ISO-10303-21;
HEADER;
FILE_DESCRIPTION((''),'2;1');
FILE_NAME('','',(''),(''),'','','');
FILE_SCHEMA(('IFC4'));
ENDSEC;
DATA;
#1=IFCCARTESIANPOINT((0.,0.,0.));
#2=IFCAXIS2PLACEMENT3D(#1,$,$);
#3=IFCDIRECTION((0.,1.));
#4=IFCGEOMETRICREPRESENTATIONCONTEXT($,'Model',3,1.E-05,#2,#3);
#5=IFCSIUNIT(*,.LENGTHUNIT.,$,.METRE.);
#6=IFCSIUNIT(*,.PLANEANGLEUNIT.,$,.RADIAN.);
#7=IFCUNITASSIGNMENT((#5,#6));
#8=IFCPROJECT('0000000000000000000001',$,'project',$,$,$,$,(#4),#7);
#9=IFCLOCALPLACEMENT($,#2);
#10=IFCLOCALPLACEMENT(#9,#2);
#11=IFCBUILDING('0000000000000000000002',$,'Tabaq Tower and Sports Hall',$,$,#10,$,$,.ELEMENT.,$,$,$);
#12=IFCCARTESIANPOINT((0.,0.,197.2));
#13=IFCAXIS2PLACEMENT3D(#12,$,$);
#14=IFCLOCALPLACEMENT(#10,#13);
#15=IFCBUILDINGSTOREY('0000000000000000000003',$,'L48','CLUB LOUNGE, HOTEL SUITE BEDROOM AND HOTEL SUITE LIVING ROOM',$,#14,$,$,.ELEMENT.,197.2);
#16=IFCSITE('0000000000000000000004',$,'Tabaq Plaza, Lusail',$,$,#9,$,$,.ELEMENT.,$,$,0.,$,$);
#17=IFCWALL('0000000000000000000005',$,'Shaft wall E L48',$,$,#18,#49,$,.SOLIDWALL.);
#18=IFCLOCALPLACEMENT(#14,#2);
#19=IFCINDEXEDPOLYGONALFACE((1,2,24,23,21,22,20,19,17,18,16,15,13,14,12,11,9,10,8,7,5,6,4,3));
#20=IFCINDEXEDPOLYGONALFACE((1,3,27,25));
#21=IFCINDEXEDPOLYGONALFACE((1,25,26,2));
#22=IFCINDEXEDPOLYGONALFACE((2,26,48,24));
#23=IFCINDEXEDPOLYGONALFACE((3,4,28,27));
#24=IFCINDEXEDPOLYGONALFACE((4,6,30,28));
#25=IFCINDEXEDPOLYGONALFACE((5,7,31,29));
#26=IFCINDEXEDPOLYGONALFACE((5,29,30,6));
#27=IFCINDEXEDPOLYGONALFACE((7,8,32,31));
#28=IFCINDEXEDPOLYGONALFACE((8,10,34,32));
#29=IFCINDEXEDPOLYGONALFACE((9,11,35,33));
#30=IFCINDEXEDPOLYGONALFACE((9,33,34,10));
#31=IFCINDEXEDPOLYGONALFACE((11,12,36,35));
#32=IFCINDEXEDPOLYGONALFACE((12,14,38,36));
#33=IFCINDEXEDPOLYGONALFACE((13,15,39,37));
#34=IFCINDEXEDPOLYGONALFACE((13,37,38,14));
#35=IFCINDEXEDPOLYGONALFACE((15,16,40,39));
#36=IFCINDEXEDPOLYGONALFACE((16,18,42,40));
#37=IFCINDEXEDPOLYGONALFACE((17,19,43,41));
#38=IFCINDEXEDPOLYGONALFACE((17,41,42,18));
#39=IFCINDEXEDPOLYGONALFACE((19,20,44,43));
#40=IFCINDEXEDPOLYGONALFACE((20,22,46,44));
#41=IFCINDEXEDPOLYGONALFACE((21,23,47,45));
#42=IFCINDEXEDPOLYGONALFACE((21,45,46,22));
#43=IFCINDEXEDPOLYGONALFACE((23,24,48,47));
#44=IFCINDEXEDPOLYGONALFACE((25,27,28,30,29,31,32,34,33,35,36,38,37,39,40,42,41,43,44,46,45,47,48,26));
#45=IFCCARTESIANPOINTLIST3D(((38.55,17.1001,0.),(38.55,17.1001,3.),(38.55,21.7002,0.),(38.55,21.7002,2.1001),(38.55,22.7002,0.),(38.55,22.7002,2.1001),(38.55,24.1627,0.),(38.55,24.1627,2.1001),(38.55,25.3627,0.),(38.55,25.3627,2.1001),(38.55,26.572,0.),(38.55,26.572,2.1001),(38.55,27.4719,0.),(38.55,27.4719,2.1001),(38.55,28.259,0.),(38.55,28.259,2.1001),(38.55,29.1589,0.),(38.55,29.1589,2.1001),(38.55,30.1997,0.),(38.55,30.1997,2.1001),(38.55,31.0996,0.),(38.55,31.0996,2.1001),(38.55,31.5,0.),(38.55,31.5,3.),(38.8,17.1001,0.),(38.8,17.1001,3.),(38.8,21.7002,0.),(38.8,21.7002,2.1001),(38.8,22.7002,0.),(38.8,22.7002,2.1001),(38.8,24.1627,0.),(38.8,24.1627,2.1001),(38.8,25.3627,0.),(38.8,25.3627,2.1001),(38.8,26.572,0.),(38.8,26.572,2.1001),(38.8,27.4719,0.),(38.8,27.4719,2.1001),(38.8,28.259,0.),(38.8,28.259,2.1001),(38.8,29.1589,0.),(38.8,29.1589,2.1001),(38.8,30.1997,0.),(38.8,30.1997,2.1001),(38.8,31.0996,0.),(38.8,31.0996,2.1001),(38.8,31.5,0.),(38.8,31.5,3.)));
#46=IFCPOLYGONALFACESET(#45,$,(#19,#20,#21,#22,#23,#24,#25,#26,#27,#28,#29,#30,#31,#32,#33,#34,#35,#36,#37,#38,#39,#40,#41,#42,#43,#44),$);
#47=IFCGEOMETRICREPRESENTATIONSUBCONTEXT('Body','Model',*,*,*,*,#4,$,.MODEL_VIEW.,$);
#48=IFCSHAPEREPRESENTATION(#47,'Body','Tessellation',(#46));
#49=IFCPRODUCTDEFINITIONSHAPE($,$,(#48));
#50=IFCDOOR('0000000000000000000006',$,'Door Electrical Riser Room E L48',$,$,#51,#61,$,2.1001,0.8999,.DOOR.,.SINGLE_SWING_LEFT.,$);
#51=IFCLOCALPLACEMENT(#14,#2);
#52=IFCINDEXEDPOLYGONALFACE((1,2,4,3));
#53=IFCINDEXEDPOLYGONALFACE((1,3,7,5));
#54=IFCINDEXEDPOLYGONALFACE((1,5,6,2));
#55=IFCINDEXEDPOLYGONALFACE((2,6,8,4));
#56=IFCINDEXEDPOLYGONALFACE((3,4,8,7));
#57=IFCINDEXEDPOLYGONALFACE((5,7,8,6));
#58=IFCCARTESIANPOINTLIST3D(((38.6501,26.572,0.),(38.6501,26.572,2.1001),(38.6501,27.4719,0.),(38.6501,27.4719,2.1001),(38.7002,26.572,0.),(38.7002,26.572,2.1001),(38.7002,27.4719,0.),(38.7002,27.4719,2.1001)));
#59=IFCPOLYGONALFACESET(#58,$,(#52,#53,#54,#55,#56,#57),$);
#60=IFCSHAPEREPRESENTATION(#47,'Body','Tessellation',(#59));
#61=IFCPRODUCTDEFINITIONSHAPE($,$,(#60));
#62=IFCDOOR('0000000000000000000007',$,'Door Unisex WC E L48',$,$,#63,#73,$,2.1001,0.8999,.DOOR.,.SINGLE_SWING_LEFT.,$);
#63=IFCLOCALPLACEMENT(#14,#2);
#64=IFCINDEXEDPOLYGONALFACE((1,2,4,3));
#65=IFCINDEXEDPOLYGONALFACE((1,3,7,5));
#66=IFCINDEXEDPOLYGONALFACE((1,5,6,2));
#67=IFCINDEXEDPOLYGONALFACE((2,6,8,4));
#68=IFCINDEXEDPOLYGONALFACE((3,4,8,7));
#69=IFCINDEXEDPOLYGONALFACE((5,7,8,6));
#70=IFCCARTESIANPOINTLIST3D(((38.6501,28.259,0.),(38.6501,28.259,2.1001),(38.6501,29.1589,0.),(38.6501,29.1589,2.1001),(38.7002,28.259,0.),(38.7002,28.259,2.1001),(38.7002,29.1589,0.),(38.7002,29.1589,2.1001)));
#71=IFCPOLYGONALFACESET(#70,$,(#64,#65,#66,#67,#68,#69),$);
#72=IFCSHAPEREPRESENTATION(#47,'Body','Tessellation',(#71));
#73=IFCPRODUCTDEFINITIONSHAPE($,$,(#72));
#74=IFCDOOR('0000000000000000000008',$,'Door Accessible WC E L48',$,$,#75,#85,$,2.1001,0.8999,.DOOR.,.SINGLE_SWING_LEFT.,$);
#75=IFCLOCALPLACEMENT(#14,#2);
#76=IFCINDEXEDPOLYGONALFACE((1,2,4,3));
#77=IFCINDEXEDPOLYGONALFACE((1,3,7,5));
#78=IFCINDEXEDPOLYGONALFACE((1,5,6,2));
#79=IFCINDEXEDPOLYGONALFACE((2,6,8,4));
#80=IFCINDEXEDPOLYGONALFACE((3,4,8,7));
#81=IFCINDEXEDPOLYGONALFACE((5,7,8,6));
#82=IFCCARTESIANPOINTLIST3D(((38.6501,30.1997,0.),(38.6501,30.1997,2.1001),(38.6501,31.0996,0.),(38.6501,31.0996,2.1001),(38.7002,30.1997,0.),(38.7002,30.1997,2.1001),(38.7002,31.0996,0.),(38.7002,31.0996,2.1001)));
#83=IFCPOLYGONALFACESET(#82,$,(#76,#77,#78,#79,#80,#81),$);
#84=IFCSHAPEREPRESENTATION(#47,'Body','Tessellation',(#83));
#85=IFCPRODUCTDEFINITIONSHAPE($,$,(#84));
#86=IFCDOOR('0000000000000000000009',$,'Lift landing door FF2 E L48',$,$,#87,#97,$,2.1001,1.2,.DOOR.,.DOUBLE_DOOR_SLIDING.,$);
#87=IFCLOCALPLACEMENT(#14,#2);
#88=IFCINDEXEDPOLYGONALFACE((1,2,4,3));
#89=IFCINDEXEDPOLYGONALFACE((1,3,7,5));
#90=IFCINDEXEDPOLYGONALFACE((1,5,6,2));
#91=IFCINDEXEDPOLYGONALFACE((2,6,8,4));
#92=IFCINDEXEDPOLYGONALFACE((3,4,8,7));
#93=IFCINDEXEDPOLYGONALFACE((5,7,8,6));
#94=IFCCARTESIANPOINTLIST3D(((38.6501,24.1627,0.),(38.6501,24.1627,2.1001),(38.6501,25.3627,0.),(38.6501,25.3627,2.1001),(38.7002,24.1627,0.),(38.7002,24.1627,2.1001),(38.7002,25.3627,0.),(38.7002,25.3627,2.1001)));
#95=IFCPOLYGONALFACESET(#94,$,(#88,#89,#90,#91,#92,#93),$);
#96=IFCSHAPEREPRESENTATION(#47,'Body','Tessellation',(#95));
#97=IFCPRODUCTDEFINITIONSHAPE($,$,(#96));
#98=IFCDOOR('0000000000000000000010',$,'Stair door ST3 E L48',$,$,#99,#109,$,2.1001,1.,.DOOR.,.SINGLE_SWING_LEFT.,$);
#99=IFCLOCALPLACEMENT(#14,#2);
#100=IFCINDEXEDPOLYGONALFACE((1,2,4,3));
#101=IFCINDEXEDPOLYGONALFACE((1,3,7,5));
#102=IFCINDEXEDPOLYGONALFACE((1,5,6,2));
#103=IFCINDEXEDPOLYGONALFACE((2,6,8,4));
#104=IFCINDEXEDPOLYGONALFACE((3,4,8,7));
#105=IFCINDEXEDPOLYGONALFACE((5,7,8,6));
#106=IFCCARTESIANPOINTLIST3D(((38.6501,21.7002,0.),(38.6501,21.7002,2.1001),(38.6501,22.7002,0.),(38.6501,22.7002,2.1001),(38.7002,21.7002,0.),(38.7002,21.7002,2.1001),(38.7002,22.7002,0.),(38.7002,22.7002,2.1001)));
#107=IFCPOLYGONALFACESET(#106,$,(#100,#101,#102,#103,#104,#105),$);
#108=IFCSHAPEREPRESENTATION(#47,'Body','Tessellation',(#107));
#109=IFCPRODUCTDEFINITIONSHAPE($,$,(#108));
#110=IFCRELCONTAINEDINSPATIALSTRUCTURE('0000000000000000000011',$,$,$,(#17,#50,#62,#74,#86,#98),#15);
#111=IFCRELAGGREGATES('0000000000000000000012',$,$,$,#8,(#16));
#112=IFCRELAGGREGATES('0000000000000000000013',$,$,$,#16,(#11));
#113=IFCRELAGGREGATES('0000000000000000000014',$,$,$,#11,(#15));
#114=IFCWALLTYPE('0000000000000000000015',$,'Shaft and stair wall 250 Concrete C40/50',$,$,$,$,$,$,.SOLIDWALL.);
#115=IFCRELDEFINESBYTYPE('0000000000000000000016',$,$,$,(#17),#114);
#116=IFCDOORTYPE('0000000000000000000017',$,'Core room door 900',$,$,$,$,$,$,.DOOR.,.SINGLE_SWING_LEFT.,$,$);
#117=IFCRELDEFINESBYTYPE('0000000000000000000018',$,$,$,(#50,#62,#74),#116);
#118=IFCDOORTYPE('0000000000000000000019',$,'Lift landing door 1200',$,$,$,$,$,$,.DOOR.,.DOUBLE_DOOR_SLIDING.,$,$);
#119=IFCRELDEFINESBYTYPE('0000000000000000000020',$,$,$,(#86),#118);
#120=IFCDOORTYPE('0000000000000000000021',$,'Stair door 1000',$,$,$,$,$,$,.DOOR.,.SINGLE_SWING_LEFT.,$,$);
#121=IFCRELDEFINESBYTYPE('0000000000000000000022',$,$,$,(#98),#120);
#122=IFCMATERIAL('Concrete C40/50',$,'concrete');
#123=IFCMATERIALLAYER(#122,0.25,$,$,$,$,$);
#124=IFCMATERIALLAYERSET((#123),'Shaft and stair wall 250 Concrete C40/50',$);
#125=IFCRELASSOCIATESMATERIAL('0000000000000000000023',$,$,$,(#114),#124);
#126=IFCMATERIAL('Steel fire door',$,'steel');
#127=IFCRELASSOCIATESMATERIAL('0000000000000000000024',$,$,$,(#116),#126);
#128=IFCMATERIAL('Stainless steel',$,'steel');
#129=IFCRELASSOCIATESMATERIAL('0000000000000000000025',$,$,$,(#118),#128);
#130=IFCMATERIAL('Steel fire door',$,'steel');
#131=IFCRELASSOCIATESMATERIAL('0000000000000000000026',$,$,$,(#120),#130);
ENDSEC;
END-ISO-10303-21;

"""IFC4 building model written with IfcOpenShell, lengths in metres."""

from ifc_helpers import new_model, si_unit, direction, frame, frame_2d, origin, place, context, subcontext, project, spatial, rectangle, extrude, material, layer, layer_set, type_object, element, fill, save


model = new_model("IFC4")

# Units and contexts
model_context = context("Model", 3, precision=1e-05, world=origin(), true_north=direction((0.0, 1.0)))
body_context = subcontext(model_context, "Body", "Model", "MODEL_VIEW")
ifc_project = project(units=[si_unit("LENGTHUNIT", "METRE"), si_unit("PLANEANGLEUNIT", "RADIAN")], contexts=[model_context])

# Site, building, storey
site_placement = place(None, origin())
site = spatial("IfcSite", under=ifc_project, at=site_placement, Name="Tabaq Plaza, Lusail", CompositionType="ELEMENT", RefElevation=0.0)
building_placement = place(site_placement, origin())
building = spatial("IfcBuilding", under=site, at=building_placement, Name="Tabaq Tower and Sports Hall", CompositionType="ELEMENT")
storey_placement = place(building_placement, frame((0.0, 0.0, 197.2)))
storey = spatial("IfcBuildingStorey", under=building, at=storey_placement, Name="L48", Description="CLUB LOUNGE, HOTEL SUITE BEDROOM AND HOTEL SUITE LIVING ROOM", CompositionType="ELEMENT", Elevation=197.2)

# Wall, openings, doors
ifc_material_1 = material(Name="Concrete C40/50", Category="concrete")
ifc_layer_1 = layer(ifc_material_1, 0.25)
ifc_layer_set_1 = layer_set([ifc_layer_1], Name="Shaft and stair wall 250 Concrete C40/50")
wall_type_1 = type_object("IfcWallType", Name="Shaft and stair wall 250 Concrete C40/50", PredefinedType="SOLIDWALL", material=ifc_layer_set_1)
wall_1_placement = place(storey_placement, frame((38.675, 17.1001, 0.0), z_axis=(0.0, 0.0, 1.0), x_axis=(0.0, 1.0, 0.0)))
wall_1 = element("IfcWall", 1, at=wall_1_placement, inside=storey, type_object=wall_type_1, Name="Shaft wall E L48", PredefinedType="SOLIDWALL", context=body_context, shape_type="SweptSolid", body=[
    extrude(rectangle(XDim=14.3999, YDim=0.25, at=frame_2d((7.2, 0.0))), origin(), (0.0, 0.0, 1.0), 3.0),
])
opening_1_placement = place(wall_1_placement, frame((4.6001, 0.0, 0.0)))
opening_1 = element("IfcOpeningElement", 2, at=opening_1_placement, cuts=wall_1, PredefinedType="OPENING", context=body_context, shape_type="SweptSolid", body=[
    extrude(rectangle(XDim=1.0, YDim=2.1001, at=frame_2d((0.5, 1.05))), frame((0.0, 0.125, 0.0), z_axis=(0.0, -1.0, 0.0), x_axis=(1.0, 0.0, 0.0)), (0.0, 0.0, 1.0), 0.25),
])
opening_2_placement = place(wall_1_placement, frame((7.0625, 0.0, 0.0)))
opening_2 = element("IfcOpeningElement", 3, at=opening_2_placement, cuts=wall_1, PredefinedType="OPENING", context=body_context, shape_type="SweptSolid", body=[
    extrude(rectangle(XDim=1.2, YDim=2.1001, at=frame_2d((0.6001, 1.05))), frame((0.0, 0.125, 0.0), z_axis=(0.0, -1.0, 0.0), x_axis=(1.0, 0.0, 0.0)), (0.0, 0.0, 1.0), 0.25),
])
opening_3_placement = place(wall_1_placement, frame((9.4719, 0.0, 0.0)))
opening_3 = element("IfcOpeningElement", 4, at=opening_3_placement, cuts=wall_1, PredefinedType="OPENING", context=body_context, shape_type="SweptSolid", body=[
    extrude(rectangle(XDim=0.8999, YDim=2.1001, at=frame_2d((0.45, 1.05))), frame((0.0, 0.125, 0.0), z_axis=(0.0, -1.0, 0.0), x_axis=(1.0, 0.0, 0.0)), (0.0, 0.0, 1.0), 0.25),
])
opening_4_placement = place(wall_1_placement, frame((11.1589, 0.0, 0.0)))
opening_4 = element("IfcOpeningElement", 5, at=opening_4_placement, cuts=wall_1, PredefinedType="OPENING", context=body_context, shape_type="SweptSolid", body=[
    extrude(rectangle(XDim=0.8999, YDim=2.1001, at=frame_2d((0.45, 1.05))), frame((0.0, 0.125, 0.0), z_axis=(0.0, -1.0, 0.0), x_axis=(1.0, 0.0, 0.0)), (0.0, 0.0, 1.0), 0.25),
])
opening_5_placement = place(wall_1_placement, frame((13.0996, 0.0, 0.0)))
opening_5 = element("IfcOpeningElement", 6, at=opening_5_placement, cuts=wall_1, PredefinedType="OPENING", context=body_context, shape_type="SweptSolid", body=[
    extrude(rectangle(XDim=0.8999, YDim=2.1001, at=frame_2d((0.45, 1.05))), frame((0.0, 0.125, 0.0), z_axis=(0.0, -1.0, 0.0), x_axis=(1.0, 0.0, 0.0)), (0.0, 0.0, 1.0), 0.25),
])
ifc_material_2 = material(Name="Steel fire door", Category="steel")
door_type_1 = type_object("IfcDoorType", Name="Core room door 900", OperationType="SINGLE_SWING_LEFT", PredefinedType="DOOR", material=ifc_material_2)
door_1_placement = place(opening_3_placement, origin())
door_1 = element("IfcDoor", 7, at=door_1_placement, inside=storey, type_object=door_type_1, Name="Door Electrical Riser Room E L48", OperationType="SINGLE_SWING_LEFT", OverallHeight=2.1001, OverallWidth=0.8999, PredefinedType="DOOR", context=body_context, shape_type="SweptSolid", body=[
    extrude(rectangle(XDim=0.8999, YDim=2.1001, at=frame_2d((0.45, 1.05))), frame((0.0, 0.0249, 0.0), z_axis=(0.0, -1.0, 0.0), x_axis=(1.0, 0.0, 0.0)), (0.0, 0.0, 1.0), 0.05),
])
fill(opening_3, door_1)
door_2_placement = place(opening_4_placement, origin())
door_2 = element("IfcDoor", 8, at=door_2_placement, inside=storey, type_object=door_type_1, Name="Door Unisex WC E L48", OperationType="SINGLE_SWING_LEFT", OverallHeight=2.1001, OverallWidth=0.8999, PredefinedType="DOOR", context=body_context, shape_type="SweptSolid", body=[
    extrude(rectangle(XDim=0.8999, YDim=2.1001, at=frame_2d((0.45, 1.05))), frame((0.0, 0.0249, 0.0), z_axis=(0.0, -1.0, 0.0), x_axis=(1.0, 0.0, 0.0)), (0.0, 0.0, 1.0), 0.05),
])
fill(opening_4, door_2)
door_3_placement = place(opening_5_placement, origin())
door_3 = element("IfcDoor", 9, at=door_3_placement, inside=storey, type_object=door_type_1, Name="Door Accessible WC E L48", OperationType="SINGLE_SWING_LEFT", OverallHeight=2.1001, OverallWidth=0.8999, PredefinedType="DOOR", context=body_context, shape_type="SweptSolid", body=[
    extrude(rectangle(XDim=0.8999, YDim=2.1001, at=frame_2d((0.45, 1.05))), frame((0.0, 0.0249, 0.0), z_axis=(0.0, -1.0, 0.0), x_axis=(1.0, 0.0, 0.0)), (0.0, 0.0, 1.0), 0.05),
])
fill(opening_5, door_3)
ifc_material_3 = material(Name="Stainless steel", Category="steel")
door_type_2 = type_object("IfcDoorType", Name="Lift landing door 1200", OperationType="DOUBLE_DOOR_SLIDING", PredefinedType="DOOR", material=ifc_material_3)
door_4_placement = place(opening_2_placement, origin())
door_4 = element("IfcDoor", 10, at=door_4_placement, inside=storey, type_object=door_type_2, Name="Lift landing door FF2 E L48", OperationType="DOUBLE_DOOR_SLIDING", OverallHeight=2.1001, OverallWidth=1.2, PredefinedType="DOOR", context=body_context, shape_type="SweptSolid", body=[
    extrude(rectangle(XDim=1.2, YDim=2.1001, at=frame_2d((0.6001, 1.05))), frame((0.0, 0.0249, 0.0), z_axis=(0.0, -1.0, 0.0), x_axis=(1.0, 0.0, 0.0)), (0.0, 0.0, 1.0), 0.05),
])
fill(opening_2, door_4)
ifc_material_4 = material(Name="Steel fire door", Category="steel")
door_type_3 = type_object("IfcDoorType", Name="Stair door 1000", OperationType="SINGLE_SWING_LEFT", PredefinedType="DOOR", material=ifc_material_4)
door_5_placement = place(opening_1_placement, origin())
door_5 = element("IfcDoor", 11, at=door_5_placement, inside=storey, type_object=door_type_3, Name="Stair door ST3 E L48", OperationType="SINGLE_SWING_LEFT", OverallHeight=2.1001, OverallWidth=1.0, PredefinedType="DOOR", context=body_context, shape_type="SweptSolid", body=[
    extrude(rectangle(XDim=1.0, YDim=2.1001, at=frame_2d((0.5, 1.05))), frame((0.0, 0.0249, 0.0), z_axis=(0.0, -1.0, 0.0), x_axis=(1.0, 0.0, 0.0)), (0.0, 0.0, 1.0), 0.05),
])
fill(opening_1, door_5)

save(model, "model.ifc")
